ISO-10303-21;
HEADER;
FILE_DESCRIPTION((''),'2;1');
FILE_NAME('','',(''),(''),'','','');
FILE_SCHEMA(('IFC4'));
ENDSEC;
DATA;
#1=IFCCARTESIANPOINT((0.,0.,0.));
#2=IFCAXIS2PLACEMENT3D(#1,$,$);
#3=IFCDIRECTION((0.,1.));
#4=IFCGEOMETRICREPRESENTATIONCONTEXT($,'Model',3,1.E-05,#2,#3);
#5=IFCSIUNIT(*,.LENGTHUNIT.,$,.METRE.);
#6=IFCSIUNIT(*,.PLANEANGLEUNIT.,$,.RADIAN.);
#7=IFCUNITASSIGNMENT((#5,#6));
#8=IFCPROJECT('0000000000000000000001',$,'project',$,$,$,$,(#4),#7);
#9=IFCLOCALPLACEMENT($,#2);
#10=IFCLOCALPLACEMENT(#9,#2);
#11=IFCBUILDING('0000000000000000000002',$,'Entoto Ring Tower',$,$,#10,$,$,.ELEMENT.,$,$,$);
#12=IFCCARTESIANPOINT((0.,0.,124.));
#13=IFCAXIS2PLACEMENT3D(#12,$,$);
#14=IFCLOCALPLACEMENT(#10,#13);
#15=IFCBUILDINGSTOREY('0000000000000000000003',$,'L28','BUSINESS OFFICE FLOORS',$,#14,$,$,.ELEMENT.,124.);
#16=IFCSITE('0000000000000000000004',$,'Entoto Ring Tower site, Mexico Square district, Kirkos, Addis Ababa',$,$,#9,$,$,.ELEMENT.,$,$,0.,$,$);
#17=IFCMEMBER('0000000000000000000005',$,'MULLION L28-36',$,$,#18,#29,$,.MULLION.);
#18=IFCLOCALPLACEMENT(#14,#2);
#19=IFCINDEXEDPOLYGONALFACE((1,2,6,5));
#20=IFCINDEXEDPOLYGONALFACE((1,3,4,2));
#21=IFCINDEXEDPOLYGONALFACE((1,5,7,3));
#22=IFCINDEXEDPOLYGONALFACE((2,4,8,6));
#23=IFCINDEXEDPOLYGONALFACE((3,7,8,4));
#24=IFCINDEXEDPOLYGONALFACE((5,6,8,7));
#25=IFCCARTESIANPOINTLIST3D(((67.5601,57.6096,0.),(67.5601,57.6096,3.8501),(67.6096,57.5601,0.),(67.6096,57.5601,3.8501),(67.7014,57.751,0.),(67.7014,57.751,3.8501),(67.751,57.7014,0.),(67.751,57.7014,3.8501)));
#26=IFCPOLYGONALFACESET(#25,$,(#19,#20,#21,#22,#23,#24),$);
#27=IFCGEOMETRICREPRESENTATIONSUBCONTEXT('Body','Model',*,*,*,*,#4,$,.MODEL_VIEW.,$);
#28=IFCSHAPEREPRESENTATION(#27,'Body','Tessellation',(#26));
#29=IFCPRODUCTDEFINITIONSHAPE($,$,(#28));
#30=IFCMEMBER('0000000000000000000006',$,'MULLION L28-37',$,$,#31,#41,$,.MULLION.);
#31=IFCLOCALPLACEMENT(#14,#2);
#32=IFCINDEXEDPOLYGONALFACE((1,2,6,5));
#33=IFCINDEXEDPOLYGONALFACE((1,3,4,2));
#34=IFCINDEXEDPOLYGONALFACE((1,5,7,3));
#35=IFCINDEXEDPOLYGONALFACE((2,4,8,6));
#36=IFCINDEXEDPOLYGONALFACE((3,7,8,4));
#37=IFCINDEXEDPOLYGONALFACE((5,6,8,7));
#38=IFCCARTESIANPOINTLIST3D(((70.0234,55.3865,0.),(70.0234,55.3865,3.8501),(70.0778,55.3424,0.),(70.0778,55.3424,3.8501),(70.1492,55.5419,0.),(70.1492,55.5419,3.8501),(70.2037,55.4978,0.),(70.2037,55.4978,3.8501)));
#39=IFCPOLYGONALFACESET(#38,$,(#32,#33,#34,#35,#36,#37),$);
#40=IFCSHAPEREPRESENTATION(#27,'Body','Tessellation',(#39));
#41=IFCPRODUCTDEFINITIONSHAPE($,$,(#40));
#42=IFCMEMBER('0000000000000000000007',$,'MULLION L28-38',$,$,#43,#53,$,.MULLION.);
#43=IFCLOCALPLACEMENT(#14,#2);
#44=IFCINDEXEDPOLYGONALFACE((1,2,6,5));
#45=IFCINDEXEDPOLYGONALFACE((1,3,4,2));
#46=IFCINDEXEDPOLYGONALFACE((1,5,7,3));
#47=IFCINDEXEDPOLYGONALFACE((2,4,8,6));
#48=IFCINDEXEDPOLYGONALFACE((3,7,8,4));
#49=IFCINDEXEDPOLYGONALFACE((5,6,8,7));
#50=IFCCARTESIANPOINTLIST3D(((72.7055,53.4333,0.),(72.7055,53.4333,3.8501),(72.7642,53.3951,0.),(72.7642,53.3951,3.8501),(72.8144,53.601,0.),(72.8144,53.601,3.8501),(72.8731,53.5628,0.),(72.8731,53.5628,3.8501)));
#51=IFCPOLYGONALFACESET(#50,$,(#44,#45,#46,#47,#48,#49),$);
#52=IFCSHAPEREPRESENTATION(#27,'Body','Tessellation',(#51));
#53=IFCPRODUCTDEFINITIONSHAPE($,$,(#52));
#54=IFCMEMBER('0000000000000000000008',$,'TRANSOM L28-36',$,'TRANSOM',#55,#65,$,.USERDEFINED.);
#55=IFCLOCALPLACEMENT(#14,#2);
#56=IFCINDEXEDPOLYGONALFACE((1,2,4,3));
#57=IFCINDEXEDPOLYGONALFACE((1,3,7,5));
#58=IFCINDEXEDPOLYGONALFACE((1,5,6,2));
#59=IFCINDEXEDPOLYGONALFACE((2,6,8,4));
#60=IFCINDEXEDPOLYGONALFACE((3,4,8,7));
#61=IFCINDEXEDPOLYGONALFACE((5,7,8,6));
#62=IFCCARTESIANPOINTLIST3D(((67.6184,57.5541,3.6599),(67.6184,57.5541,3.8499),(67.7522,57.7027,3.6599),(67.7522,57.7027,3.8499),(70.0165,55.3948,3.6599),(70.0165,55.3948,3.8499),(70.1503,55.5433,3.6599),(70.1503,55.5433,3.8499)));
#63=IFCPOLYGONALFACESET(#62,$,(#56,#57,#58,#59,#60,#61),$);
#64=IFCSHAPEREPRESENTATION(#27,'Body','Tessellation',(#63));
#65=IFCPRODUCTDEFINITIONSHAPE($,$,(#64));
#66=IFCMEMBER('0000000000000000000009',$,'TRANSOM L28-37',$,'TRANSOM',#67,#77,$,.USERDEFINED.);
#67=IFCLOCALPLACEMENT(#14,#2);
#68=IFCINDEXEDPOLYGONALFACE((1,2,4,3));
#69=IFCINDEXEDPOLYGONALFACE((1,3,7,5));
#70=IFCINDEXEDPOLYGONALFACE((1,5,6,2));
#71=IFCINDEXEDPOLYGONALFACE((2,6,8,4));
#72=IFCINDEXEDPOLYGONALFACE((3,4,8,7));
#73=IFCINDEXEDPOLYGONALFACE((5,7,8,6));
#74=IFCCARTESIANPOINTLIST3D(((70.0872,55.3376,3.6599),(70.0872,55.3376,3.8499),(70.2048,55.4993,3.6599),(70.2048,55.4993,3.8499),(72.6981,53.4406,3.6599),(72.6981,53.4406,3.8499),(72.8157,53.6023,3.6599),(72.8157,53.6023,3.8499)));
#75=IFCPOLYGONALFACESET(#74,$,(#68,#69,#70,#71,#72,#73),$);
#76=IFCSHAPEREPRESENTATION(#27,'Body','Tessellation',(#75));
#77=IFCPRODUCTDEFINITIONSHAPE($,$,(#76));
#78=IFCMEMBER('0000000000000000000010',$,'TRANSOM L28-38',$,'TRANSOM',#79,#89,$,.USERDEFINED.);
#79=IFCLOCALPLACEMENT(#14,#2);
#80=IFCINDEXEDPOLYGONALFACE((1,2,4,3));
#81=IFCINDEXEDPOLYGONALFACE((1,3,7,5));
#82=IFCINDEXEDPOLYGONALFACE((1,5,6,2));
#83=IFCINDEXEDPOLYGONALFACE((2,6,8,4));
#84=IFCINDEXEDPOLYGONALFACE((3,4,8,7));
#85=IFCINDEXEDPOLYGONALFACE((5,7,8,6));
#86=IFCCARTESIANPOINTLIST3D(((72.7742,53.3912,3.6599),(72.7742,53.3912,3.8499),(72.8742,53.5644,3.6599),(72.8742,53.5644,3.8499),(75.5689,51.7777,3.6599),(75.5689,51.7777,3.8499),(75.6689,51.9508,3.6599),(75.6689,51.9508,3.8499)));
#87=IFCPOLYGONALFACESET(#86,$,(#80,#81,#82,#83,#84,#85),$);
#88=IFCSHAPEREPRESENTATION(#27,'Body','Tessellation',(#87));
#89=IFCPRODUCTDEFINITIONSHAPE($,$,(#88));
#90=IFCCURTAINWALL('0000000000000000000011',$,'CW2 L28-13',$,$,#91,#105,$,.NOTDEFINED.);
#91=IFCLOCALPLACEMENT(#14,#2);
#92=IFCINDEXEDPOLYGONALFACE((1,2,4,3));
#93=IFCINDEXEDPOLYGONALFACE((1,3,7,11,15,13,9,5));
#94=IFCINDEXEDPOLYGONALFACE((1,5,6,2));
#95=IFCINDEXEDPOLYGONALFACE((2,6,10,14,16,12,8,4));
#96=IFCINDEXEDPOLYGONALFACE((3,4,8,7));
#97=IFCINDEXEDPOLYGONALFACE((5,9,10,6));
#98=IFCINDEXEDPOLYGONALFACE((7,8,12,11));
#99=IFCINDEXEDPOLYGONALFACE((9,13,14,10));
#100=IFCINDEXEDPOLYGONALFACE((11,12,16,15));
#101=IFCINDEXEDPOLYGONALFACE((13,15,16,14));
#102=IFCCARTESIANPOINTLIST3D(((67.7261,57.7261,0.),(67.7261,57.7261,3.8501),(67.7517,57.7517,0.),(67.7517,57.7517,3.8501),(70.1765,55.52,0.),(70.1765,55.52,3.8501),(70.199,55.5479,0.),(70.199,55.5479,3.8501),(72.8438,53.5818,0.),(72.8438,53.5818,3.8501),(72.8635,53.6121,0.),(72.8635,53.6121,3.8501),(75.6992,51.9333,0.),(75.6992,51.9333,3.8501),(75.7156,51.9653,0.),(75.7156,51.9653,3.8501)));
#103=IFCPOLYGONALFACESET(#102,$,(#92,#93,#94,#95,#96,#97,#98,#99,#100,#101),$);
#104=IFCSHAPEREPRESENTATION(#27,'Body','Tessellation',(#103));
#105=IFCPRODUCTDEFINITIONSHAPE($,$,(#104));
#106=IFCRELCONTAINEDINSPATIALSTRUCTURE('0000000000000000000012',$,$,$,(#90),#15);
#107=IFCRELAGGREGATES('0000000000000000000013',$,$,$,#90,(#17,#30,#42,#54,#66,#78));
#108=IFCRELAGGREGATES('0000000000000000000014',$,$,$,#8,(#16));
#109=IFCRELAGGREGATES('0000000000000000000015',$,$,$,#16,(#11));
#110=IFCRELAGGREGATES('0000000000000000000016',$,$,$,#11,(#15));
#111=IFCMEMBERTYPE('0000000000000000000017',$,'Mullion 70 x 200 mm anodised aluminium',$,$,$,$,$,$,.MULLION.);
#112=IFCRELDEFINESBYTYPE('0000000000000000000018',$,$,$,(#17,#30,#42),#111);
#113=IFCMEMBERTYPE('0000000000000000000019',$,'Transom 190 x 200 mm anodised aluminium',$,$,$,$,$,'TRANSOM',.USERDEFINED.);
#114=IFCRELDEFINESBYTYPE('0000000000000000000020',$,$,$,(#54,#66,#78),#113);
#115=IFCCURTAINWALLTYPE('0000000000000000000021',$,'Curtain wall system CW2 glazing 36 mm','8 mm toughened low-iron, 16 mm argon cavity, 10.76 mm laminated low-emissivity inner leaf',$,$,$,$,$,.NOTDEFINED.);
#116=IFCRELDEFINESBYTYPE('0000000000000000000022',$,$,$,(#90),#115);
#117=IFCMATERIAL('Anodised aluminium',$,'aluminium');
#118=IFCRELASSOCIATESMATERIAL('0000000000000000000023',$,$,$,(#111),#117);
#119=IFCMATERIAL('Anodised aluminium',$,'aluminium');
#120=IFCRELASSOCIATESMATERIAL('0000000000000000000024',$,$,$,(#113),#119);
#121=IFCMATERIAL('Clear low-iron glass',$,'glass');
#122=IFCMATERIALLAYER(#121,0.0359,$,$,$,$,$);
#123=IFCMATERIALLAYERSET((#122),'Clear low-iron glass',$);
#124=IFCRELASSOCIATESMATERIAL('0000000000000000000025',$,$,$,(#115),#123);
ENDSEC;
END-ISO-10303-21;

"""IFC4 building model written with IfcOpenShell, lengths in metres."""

from ifc_helpers import new_model, si_unit, direction, frame, origin, origin_2d, place, context, subcontext, project, spatial, polyline, rectangle, outline, extrude, material, layer, layer_set, material_profile, profile_set, type_object, element, aggregate, save


model = new_model("IFC4")

# Units and contexts
model_context = context("Model", 3, precision=1e-05, world=origin(), true_north=direction((0.0, 1.0)))
body_context = subcontext(model_context, "Body", "Model", "MODEL_VIEW")
ifc_project = project(units=[si_unit("LENGTHUNIT", "METRE"), si_unit("PLANEANGLEUNIT", "RADIAN")], contexts=[model_context])

# Members
ifc_material_1 = material(Name="Anodised aluminium", Category="aluminium")
ifc_material_profile_1 = material_profile(ifc_material_1, rectangle(XDim=0.0701, YDim=0.2, at=origin_2d()), Name="Mullion 70 x 200 mm anodised aluminium")
ifc_profile_set_1 = profile_set([ifc_material_profile_1], Name="Anodised aluminium")
member_type_1 = type_object("IfcMemberType", Name="Mullion 70 x 200 mm anodised aluminium", PredefinedType="MULLION", material=ifc_profile_set_1)
site_placement = place(None, origin())
building_placement = place(site_placement, origin())
storey_placement = place(building_placement, frame((0.0, 0.0, 124.0)))
member_1_placement = place(storey_placement, frame((67.6555, 57.6555, 0.0), z_axis=(0.0, 0.0, 1.0), x_axis=(0.707107, -0.707107, 0.0)))
member_1 = element("IfcMember", 1, at=member_1_placement, type_object=member_type_1, Name="MULLION L28-36", PredefinedType="MULLION", context=body_context, shape_type="SweptSolid", body=[
    extrude(rectangle(XDim=0.0701, YDim=0.2, at=origin_2d()), origin(), (0.0, 0.0, 1.0), 3.8501),
])
member_2_placement = place(storey_placement, frame((70.1135, 55.4421, 0.0), z_axis=(0.0, 0.0, 1.0), x_axis=(0.777146, -0.62932, 0.0)))
member_2 = element("IfcMember", 2, at=member_2_placement, type_object=member_type_1, Name="MULLION L28-37", PredefinedType="MULLION", context=body_context, shape_type="SweptSolid", body=[
    extrude(rectangle(XDim=0.0701, YDim=0.2, at=origin_2d()), origin(), (0.0, 0.0, 1.0), 3.8501),
])
member_3_placement = place(storey_placement, frame((72.7893, 53.498, 0.0), z_axis=(0.0, 0.0, 1.0), x_axis=(0.838671, -0.544639, 0.0)))
member_3 = element("IfcMember", 3, at=member_3_placement, type_object=member_type_1, Name="MULLION L28-38", PredefinedType="MULLION", context=body_context, shape_type="SweptSolid", body=[
    extrude(rectangle(XDim=0.0701, YDim=0.2, at=origin_2d()), origin(), (0.0, 0.0, 1.0), 3.8501),
])
ifc_material_2 = material(Name="Anodised aluminium", Category="aluminium")
ifc_material_profile_2 = material_profile(ifc_material_2, rectangle(XDim=0.2, YDim=0.1899, at=origin_2d()), Name="Transom 190 x 200 mm anodised aluminium")
ifc_profile_set_2 = profile_set([ifc_material_profile_2], Name="Anodised aluminium")
member_type_2 = type_object("IfcMemberType", Name="Transom 190 x 200 mm anodised aluminium", ElementType="TRANSOM", PredefinedType="USERDEFINED", material=ifc_profile_set_2)
member_4_placement = place(storey_placement, frame((67.6853, 57.6284, 3.7549), z_axis=(0.743132, -0.669144, 0.0), x_axis=(0.669144, 0.743132, 0.0)))
member_4 = element("IfcMember", 4, at=member_4_placement, type_object=member_type_2, Name="TRANSOM L28-36", ObjectType="TRANSOM", PredefinedType="USERDEFINED", context=body_context, shape_type="SweptSolid", body=[
    extrude(rectangle(XDim=0.2, YDim=0.1899, at=origin_2d()), origin(), (0.0, 0.0, 1.0), 3.2271),
])
member_5_placement = place(storey_placement, frame((70.146, 55.4185, 3.7549), z_axis=(0.809004, -0.587803, 0.0), x_axis=(0.587803, 0.809004, 0.0)))
member_5 = element("IfcMember", 5, at=member_5_placement, type_object=member_type_2, Name="TRANSOM L28-37", ObjectType="TRANSOM", PredefinedType="USERDEFINED", context=body_context, shape_type="SweptSolid", body=[
    extrude(rectangle(XDim=0.2, YDim=0.1899, at=origin_2d()), origin(), (0.0, 0.0, 1.0), 3.2273),
])
member_6_placement = place(storey_placement, frame((72.8242, 53.4778, 3.7549), z_axis=(0.866023, -0.500004, 0.0), x_axis=(0.500004, 0.866023, 0.0)))
member_6 = element("IfcMember", 6, at=member_6_placement, type_object=member_type_2, Name="TRANSOM L28-38", ObjectType="TRANSOM", PredefinedType="USERDEFINED", context=body_context, shape_type="SweptSolid", body=[
    extrude(rectangle(XDim=0.2, YDim=0.1899, at=origin_2d()), origin(), (0.0, 0.0, 1.0), 3.2271),
])

# Site, building, storey
site = spatial("IfcSite", under=ifc_project, at=site_placement, Name="Entoto Ring Tower site, Mexico Square district, Kirkos, Addis Ababa", CompositionType="ELEMENT", RefElevation=0.0)
building = spatial("IfcBuilding", under=site, at=building_placement, Name="Entoto Ring Tower", CompositionType="ELEMENT")
storey = spatial("IfcBuildingStorey", under=building, at=storey_placement, Name="L28", Description="BUSINESS OFFICE FLOORS", CompositionType="ELEMENT", Elevation=124.0)

# Curtain wall
ifc_material_3 = material(Name="Clear low-iron glass", Category="glass")
ifc_layer = layer(ifc_material_3, 0.0359)
ifc_layer_set = layer_set([ifc_layer], Name="Clear low-iron glass")
curtain_wall_type = type_object("IfcCurtainWallType", Name="Curtain wall system CW2 glazing 36 mm", Description="8 mm toughened low-iron, 16 mm argon cavity, 10.76 mm laminated low-emissivity inner leaf", PredefinedType="NOTDEFINED", material=ifc_layer_set)
curtain_wall_1_placement = place(storey_placement, origin())
curtain_wall_1 = element("IfcCurtainWall", 7, at=curtain_wall_1_placement, inside=storey, type_object=curtain_wall_type, Name="CW2 L28-13", PredefinedType="NOTDEFINED", context=body_context, shape_type="SweptSolid", body=[
    extrude(outline(polyline([(67.7261, 57.7261), (70.1765, 55.52), (72.8438, 53.5818), (75.6992, 51.9333), (75.7156, 51.9653), (72.8635, 53.6121), (70.199, 55.5479), (67.7517, 57.7517), (67.7261, 57.7261)])), origin(), (0.0, 0.0, 1.0), 3.8501),
])
aggregate(curtain_wall_1, [member_1, member_2, member_3, member_4, member_5, member_6])

save(model, "model.ifc")
